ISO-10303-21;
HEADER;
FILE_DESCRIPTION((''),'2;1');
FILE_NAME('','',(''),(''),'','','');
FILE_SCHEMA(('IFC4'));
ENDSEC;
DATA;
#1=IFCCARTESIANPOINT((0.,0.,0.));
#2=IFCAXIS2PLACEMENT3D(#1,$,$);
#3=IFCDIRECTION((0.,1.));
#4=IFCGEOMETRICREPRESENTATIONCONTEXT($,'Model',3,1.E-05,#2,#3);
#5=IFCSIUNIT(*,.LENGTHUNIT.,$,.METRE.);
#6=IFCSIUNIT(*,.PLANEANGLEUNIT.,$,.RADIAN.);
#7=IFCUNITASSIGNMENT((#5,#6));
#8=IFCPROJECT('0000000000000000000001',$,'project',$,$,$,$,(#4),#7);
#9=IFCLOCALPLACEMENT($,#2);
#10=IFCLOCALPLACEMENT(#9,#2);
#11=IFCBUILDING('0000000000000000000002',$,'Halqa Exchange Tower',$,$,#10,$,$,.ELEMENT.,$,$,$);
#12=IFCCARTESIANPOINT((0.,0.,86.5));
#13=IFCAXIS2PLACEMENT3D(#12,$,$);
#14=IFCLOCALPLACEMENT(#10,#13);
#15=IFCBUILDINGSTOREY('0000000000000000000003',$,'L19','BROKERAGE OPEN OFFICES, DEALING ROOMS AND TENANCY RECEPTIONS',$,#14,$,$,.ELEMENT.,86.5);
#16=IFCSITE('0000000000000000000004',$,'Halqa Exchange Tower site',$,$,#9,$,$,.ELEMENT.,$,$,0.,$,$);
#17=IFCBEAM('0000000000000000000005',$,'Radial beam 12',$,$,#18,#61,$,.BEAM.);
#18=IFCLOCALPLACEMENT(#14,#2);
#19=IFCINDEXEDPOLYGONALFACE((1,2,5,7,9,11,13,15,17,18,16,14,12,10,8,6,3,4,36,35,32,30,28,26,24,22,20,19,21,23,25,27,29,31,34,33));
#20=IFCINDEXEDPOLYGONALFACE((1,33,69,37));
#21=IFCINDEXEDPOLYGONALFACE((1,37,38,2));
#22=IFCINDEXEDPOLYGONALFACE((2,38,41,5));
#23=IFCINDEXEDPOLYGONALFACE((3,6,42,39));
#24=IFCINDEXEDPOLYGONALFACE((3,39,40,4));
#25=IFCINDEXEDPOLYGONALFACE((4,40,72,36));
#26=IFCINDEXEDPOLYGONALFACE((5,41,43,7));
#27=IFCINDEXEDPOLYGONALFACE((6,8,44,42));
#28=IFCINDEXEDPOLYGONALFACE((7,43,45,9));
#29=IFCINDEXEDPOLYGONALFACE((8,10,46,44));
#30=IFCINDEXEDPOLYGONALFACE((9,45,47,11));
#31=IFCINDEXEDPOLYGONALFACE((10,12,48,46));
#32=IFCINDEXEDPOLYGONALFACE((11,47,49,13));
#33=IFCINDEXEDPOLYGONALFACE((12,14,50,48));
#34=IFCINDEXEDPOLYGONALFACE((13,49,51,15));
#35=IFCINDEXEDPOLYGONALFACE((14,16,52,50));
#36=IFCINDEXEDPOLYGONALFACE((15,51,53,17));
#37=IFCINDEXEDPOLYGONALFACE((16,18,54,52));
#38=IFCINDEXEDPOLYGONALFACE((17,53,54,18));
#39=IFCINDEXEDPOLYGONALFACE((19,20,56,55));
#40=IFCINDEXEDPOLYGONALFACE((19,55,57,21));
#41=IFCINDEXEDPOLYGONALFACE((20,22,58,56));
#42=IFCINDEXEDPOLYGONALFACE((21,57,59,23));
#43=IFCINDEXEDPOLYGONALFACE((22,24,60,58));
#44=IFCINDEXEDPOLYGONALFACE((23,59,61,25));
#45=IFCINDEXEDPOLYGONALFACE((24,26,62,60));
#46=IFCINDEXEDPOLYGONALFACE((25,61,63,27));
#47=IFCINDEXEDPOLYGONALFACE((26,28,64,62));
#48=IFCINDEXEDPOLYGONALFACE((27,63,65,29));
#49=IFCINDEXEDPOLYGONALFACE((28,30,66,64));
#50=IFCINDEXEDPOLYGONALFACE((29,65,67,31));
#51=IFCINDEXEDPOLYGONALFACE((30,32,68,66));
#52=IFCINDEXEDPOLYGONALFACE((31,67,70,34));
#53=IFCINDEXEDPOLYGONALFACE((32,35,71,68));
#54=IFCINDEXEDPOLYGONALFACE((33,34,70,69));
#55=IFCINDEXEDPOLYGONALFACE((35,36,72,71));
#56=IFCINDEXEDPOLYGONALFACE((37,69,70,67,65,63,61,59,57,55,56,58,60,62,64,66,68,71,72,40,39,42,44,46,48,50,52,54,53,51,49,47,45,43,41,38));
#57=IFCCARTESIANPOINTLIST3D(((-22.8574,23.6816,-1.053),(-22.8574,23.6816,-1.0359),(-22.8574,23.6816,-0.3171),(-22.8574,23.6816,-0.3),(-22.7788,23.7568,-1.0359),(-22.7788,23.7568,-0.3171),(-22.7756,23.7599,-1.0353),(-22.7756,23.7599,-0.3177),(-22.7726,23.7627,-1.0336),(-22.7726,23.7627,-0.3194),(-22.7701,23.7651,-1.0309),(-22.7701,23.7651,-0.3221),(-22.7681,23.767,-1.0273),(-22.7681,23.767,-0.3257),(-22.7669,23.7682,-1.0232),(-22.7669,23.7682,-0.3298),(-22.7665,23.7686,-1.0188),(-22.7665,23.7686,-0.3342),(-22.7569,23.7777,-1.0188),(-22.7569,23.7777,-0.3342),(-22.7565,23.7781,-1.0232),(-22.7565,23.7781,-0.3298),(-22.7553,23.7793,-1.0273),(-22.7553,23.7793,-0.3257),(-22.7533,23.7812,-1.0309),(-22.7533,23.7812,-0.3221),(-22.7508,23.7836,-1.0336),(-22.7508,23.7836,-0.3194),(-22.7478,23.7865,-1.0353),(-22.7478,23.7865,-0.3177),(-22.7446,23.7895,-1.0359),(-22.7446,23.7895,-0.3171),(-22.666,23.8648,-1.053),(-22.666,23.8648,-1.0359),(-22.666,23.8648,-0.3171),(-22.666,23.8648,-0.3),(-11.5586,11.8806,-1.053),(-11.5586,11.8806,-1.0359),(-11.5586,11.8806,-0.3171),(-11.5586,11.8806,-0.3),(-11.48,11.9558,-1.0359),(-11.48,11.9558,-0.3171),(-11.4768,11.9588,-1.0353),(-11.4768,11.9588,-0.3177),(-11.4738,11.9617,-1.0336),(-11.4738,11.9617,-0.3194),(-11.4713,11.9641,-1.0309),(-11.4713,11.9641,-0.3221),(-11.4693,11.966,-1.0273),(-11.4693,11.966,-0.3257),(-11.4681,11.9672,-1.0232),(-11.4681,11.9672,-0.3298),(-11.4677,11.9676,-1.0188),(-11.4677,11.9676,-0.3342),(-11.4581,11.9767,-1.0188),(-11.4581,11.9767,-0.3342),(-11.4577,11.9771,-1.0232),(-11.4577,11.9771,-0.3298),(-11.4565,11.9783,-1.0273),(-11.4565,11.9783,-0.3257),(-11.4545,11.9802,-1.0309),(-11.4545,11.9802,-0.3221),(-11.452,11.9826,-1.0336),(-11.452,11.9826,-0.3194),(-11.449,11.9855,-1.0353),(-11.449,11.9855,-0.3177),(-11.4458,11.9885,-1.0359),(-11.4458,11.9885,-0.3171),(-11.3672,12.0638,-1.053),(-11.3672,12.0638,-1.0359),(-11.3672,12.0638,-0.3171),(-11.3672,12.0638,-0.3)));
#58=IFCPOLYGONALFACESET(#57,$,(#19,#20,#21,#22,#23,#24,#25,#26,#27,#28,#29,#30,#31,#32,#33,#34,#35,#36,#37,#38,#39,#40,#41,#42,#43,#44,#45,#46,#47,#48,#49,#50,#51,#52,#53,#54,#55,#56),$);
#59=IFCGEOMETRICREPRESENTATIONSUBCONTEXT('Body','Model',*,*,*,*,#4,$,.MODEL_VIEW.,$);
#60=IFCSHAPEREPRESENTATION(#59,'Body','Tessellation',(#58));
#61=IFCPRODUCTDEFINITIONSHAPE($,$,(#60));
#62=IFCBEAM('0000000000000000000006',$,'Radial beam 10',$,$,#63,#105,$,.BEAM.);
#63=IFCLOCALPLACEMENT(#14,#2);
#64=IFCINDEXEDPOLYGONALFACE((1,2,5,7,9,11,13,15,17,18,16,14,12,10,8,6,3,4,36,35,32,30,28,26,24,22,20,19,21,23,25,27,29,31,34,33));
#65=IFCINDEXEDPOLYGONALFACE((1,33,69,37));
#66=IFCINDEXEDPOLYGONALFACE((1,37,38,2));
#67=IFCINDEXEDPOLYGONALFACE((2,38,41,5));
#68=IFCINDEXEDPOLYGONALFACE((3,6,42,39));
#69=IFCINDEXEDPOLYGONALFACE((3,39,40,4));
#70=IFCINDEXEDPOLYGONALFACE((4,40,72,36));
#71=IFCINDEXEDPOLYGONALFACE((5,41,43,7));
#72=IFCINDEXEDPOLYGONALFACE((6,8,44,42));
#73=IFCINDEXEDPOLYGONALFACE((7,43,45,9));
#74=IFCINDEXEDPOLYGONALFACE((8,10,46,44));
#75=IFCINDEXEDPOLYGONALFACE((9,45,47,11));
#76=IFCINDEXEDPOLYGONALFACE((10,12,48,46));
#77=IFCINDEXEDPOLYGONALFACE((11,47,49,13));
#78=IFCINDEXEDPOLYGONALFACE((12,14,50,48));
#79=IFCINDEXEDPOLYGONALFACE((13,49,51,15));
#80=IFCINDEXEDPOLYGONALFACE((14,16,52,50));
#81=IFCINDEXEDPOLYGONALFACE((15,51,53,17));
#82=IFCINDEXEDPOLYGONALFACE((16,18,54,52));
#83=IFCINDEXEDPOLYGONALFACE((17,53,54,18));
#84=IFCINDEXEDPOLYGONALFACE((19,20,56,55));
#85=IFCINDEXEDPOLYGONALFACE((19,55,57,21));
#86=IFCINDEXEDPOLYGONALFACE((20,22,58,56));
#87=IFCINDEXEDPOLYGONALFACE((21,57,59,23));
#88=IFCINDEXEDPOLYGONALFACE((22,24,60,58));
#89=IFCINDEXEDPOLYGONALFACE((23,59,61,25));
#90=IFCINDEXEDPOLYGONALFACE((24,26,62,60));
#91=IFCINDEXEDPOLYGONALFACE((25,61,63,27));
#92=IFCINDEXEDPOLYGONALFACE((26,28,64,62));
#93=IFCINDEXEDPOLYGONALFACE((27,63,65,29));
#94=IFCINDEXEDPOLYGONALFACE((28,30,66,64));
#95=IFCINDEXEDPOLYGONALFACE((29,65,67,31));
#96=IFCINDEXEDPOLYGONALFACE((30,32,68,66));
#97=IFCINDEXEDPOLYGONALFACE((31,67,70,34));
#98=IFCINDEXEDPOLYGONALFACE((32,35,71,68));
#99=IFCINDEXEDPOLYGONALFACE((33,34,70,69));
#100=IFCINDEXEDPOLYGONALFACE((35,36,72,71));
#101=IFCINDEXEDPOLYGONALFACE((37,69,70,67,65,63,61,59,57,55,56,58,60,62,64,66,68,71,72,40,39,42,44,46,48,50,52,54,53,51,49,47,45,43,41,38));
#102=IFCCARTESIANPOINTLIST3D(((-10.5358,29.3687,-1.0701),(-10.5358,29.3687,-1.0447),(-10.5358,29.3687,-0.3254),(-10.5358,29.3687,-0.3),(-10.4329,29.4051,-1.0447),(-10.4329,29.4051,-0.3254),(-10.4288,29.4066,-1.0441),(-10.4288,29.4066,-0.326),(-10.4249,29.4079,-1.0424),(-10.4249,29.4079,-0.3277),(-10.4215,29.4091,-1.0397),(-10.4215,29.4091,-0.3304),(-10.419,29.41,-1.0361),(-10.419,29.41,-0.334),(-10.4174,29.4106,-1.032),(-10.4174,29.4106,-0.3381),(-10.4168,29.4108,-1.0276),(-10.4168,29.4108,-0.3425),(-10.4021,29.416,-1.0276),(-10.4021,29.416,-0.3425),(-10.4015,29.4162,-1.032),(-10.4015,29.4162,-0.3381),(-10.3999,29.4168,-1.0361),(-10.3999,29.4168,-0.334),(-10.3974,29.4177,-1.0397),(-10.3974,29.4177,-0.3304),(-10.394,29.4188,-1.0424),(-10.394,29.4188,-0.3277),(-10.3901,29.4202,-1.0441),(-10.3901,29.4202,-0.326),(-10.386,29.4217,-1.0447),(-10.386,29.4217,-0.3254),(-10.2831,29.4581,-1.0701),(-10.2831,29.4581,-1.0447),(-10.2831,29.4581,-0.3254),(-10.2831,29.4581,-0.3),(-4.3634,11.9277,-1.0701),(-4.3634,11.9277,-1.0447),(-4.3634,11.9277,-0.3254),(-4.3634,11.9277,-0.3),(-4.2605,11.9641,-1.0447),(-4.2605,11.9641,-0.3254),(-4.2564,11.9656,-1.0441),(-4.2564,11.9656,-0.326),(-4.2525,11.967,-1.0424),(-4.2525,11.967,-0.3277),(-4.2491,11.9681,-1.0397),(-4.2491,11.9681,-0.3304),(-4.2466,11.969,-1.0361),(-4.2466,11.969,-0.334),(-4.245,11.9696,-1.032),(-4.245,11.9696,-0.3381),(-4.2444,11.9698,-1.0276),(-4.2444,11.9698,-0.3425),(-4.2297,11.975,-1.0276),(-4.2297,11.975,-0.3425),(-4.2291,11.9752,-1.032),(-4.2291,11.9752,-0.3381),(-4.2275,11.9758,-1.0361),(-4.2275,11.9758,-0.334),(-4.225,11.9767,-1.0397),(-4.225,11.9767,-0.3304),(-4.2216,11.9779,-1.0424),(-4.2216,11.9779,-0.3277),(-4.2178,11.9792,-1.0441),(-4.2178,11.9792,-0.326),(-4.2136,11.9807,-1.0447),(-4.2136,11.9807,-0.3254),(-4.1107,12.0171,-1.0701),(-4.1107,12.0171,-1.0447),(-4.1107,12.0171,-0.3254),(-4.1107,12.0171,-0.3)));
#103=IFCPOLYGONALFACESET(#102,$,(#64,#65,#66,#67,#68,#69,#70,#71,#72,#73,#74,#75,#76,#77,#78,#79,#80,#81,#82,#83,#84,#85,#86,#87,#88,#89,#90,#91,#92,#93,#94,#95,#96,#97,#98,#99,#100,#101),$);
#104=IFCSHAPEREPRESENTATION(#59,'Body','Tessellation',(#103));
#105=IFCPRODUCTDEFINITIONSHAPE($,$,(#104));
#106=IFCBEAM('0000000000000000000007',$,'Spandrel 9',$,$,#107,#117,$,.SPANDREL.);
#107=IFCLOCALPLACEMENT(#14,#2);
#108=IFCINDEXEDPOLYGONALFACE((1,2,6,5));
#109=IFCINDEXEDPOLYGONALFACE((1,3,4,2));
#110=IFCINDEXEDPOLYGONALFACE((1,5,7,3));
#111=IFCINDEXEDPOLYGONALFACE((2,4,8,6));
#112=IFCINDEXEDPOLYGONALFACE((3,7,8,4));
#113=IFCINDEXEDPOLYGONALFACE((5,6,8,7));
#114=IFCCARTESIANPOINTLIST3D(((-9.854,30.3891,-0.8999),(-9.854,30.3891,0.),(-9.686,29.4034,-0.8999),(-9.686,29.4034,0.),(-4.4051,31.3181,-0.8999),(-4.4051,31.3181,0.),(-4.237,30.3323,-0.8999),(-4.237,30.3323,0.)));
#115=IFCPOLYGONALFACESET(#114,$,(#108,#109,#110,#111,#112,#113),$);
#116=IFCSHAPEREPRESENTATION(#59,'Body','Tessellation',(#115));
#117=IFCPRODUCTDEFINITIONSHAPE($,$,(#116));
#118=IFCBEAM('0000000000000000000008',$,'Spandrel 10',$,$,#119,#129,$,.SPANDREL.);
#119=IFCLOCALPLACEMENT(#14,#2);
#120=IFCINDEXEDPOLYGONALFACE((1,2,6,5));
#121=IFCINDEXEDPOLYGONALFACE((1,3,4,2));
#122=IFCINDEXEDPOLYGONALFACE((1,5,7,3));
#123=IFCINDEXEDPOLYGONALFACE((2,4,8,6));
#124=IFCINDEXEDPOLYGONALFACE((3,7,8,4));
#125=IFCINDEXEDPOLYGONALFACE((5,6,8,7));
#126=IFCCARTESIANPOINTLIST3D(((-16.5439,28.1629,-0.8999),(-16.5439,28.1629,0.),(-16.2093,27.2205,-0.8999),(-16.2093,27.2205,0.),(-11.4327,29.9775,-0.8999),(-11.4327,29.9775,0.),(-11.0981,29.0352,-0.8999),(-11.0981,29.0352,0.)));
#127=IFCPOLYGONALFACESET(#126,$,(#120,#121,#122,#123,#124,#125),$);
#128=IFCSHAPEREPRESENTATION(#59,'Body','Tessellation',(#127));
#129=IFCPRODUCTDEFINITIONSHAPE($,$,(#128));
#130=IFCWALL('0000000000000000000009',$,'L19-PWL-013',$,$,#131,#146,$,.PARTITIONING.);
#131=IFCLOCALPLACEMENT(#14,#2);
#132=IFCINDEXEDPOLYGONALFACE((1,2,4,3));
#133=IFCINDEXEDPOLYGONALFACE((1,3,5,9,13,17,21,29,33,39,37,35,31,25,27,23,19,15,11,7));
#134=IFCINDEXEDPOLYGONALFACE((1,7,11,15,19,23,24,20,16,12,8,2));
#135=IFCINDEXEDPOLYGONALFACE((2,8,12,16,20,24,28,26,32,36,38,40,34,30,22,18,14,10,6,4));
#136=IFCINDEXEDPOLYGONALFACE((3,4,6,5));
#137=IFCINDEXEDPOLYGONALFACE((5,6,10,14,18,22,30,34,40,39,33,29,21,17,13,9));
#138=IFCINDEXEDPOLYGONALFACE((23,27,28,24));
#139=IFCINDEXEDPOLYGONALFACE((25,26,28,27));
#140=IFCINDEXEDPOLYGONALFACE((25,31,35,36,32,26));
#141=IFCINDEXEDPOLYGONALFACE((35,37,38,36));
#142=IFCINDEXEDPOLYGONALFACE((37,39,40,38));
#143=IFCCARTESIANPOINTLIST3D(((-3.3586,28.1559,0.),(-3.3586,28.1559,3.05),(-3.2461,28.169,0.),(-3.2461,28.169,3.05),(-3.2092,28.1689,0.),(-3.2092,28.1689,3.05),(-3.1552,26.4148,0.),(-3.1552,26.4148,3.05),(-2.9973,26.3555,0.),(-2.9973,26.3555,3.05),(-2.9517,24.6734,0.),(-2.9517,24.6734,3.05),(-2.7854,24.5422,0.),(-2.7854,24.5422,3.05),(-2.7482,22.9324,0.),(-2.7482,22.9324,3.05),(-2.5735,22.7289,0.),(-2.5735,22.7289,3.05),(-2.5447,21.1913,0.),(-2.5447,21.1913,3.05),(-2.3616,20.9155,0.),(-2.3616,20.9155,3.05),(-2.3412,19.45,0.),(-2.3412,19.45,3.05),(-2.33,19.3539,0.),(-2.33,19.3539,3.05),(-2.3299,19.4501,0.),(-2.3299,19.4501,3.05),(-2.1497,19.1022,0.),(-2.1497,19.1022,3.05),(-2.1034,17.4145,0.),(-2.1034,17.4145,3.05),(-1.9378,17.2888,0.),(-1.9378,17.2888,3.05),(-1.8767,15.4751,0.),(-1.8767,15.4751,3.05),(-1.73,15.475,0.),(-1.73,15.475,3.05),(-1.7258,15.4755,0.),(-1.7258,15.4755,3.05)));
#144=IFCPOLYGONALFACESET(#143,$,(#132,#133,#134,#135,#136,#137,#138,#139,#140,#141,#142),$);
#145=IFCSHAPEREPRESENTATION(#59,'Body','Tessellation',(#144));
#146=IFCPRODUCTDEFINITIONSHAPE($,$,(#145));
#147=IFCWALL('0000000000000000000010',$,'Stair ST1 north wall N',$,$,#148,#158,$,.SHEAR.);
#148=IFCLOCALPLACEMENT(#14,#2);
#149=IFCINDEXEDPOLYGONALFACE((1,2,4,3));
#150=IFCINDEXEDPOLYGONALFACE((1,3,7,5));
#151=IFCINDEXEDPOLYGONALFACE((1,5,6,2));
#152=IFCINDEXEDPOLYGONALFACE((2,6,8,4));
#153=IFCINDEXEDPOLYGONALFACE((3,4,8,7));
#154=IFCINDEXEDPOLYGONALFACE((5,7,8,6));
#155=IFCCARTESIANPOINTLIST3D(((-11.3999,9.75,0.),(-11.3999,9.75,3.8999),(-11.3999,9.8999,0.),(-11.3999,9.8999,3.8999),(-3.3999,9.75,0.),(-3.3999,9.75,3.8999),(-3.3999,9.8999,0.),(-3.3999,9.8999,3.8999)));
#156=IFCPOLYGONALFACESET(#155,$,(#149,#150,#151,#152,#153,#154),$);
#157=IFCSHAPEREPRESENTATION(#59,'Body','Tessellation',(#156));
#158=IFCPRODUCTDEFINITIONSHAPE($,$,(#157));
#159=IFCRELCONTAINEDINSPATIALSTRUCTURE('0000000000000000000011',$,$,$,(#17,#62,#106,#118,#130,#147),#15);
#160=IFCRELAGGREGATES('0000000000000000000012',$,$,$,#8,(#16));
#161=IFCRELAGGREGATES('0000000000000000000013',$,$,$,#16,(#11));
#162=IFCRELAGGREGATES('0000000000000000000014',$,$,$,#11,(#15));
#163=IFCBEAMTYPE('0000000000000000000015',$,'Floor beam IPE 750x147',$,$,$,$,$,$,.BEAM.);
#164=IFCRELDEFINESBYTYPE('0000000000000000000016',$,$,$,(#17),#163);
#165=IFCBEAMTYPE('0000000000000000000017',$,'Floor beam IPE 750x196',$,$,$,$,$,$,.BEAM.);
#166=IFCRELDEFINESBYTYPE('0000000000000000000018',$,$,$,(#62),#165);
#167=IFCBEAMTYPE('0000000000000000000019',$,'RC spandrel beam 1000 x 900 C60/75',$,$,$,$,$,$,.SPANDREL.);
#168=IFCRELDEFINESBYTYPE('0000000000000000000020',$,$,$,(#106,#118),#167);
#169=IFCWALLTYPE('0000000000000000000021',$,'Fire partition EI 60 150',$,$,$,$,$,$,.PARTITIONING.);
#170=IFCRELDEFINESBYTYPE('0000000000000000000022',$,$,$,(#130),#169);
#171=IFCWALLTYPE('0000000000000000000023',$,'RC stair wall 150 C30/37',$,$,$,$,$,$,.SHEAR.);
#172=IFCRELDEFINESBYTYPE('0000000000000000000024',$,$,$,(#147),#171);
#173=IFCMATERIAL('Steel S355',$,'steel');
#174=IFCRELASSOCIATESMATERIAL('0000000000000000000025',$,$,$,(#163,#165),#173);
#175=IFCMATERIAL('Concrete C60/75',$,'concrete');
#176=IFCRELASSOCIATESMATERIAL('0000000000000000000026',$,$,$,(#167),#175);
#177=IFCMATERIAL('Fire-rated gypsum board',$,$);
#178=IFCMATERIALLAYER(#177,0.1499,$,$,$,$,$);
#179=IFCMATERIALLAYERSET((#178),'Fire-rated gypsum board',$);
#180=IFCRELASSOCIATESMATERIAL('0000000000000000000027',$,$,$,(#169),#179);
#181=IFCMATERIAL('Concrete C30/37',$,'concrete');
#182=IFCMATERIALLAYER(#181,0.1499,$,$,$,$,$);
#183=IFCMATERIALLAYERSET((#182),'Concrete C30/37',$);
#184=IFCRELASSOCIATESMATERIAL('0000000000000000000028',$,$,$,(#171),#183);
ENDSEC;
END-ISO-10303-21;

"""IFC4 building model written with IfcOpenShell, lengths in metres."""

from ifc_helpers import new_model, si_unit, direction, frame, frame_2d, origin, origin_2d, place, context, subcontext, project, spatial, polyline, rectangle, i_section, outline, extrude, material, layer, layer_set, material_profile, profile_set, type_object, element, save


model = new_model("IFC4")

# Units and contexts
model_context = context("Model", 3, precision=1e-05, world=origin(), true_north=direction((0.0, 1.0)))
body_context = subcontext(model_context, "Body", "Model", "MODEL_VIEW")
ifc_project = project(units=[si_unit("LENGTHUNIT", "METRE"), si_unit("PLANEANGLEUNIT", "RADIAN")], contexts=[model_context])

# Site, building, storey
site_placement = place(None, origin())
site = spatial("IfcSite", under=ifc_project, at=site_placement, Name="Halqa Exchange Tower site", CompositionType="ELEMENT", RefElevation=0.0)
building_placement = place(site_placement, origin())
building = spatial("IfcBuilding", under=site, at=building_placement, Name="Halqa Exchange Tower", CompositionType="ELEMENT")
storey_placement = place(building_placement, frame((0.0, 0.0, 86.5)))
storey = spatial("IfcBuildingStorey", under=building, at=storey_placement, Name="L19", Description="BROKERAGE OPEN OFFICES, DEALING ROOMS AND TENANCY RECEPTIONS", CompositionType="ELEMENT", Elevation=86.5)

# Beams
ifc_material_1 = material(Name="Steel S355", Category="steel")
ifc_material_profile_1 = material_profile(ifc_material_1, i_section(OverallWidth=0.2649, OverallDepth=0.7529, WebThickness=0.0132, FlangeThickness=0.0171, FilletRadius=0.0171, at=origin_2d()), Name="IPE 750x147")
ifc_profile_set_1 = profile_set([ifc_material_profile_1], Name="Steel S355")
beam_type_1 = type_object("IfcBeamType", Name="Floor beam IPE 750x147", PredefinedType="BEAM", material=ifc_profile_set_1)
beam_1_placement = place(storey_placement, frame((-11.4629, 11.9722, -0.6765), z_axis=(-0.691571, 0.722309, 0.0), x_axis=(-0.722309, -0.691571, 0.0)))
element("IfcBeam", 1, at=beam_1_placement, inside=storey, type_object=beam_type_1, Name="Radial beam 12", PredefinedType="BEAM", context=body_context, shape_type="SweptSolid", body=[
    extrude(i_section(OverallWidth=0.2649, OverallDepth=0.7529, WebThickness=0.0132, FlangeThickness=0.0171, FilletRadius=0.0171, at=origin_2d()), origin(), (0.0, 0.0, 1.0), 16.3379),
])
ifc_material_profile_2 = material_profile(ifc_material_1, i_section(OverallWidth=0.2681, OverallDepth=0.77, WebThickness=0.0156, FlangeThickness=0.0254, FilletRadius=0.0171, at=origin_2d()), Name="IPE 750x196")
ifc_profile_set_2 = profile_set([ifc_material_profile_2], Name="Steel S355")
beam_type_2 = type_object("IfcBeamType", Name="Floor beam IPE 750x196", PredefinedType="BEAM", material=ifc_profile_set_2)
beam_2_placement = place(storey_placement, frame((-4.2371, 11.9724, -0.6851), z_axis=(-0.333625, 0.942706, 0.0), x_axis=(-0.942706, -0.333625, 0.0)))
element("IfcBeam", 2, at=beam_2_placement, inside=storey, type_object=beam_type_2, Name="Radial beam 10", PredefinedType="BEAM", context=body_context, shape_type="SweptSolid", body=[
    extrude(i_section(OverallWidth=0.2681, OverallDepth=0.77, WebThickness=0.0156, FlangeThickness=0.0254, FilletRadius=0.0171, at=origin_2d()), origin(), (0.0, 0.0, 1.0), 18.501),
])
ifc_material_2 = material(Name="Concrete C60/75", Category="concrete")
ifc_material_profile_3 = material_profile(ifc_material_2, rectangle(XDim=1.0, YDim=0.8999, at=origin_2d()), Name="1000 x 900")
ifc_profile_set_3 = profile_set([ifc_material_profile_3], Name="Concrete C60/75")
beam_type_3 = type_object("IfcBeamType", Name="RC spandrel beam 1000 x 900 C60/75", PredefinedType="SPANDREL", material=ifc_profile_set_3)
beam_3_placement = place(storey_placement, frame((-4.321, 30.8252, -0.45), z_axis=(-0.985777, -0.168058, 0.0), x_axis=(0.168058, -0.985777, 0.0)))
element("IfcBeam", 3, at=beam_3_placement, inside=storey, type_object=beam_type_3, Name="Spandrel 9", PredefinedType="SPANDREL", context=body_context, shape_type="SweptSolid", body=[
    extrude(rectangle(XDim=1.0, YDim=0.8999, at=origin_2d()), origin(), (0.0, 0.0, 1.0), 5.5276),
])
beam_4_placement = place(storey_placement, frame((-11.2654, 29.5063, -0.45), z_axis=(-0.94237, -0.334574, 0.0), x_axis=(0.334574, -0.94237, 0.0)))
element("IfcBeam", 4, at=beam_4_placement, inside=storey, type_object=beam_type_3, Name="Spandrel 10", PredefinedType="SPANDREL", context=body_context, shape_type="SweptSolid", body=[
    extrude(rectangle(XDim=1.0, YDim=0.8999, at=origin_2d()), origin(), (0.0, 0.0, 1.0), 5.4238),
])

# Walls
ifc_material_3 = material(Name="Fire-rated gypsum board")
ifc_layer_1 = layer(ifc_material_3, 0.1499)
ifc_layer_set_1 = layer_set([ifc_layer_1], Name="Fire-rated gypsum board")
wall_type_1 = type_object("IfcWallType", Name="Fire partition EI 60 150", PredefinedType="PARTITIONING", material=ifc_layer_set_1)
wall_1_placement = place(storey_placement, frame((-3.2842, 28.1646, 0.0), z_axis=(0.0, 0.0, 1.0), x_axis=(0.116072, -0.993241, 0.0)))
element("IfcWall", 5, at=wall_1_placement, inside=storey, type_object=wall_type_1, Name="L19-PWL-013", PredefinedType="PARTITIONING", context=body_context, shape_type="SweptSolid", body=[
    extrude(outline(polyline([(0.0, -0.075), (1.7529, -0.075), (3.5061, -0.075), (5.259, -0.075), (7.012, -0.075), (8.7651, -0.075), (8.7664, -0.0637), (8.8618, -0.075), (10.8145, -0.075), (12.7671, -0.075), (12.7842, 0.0708), (12.7842, 0.075), (10.9585, 0.075), (9.1328, 0.075), (7.3071, 0.075), (5.4814, 0.075), (3.6558, 0.075), (1.8301, 0.075), (0.0044, 0.075), (0.0, 0.0383), (0.0, -0.075)])), origin(), (0.0, 0.0, 1.0), 3.05),
])
ifc_material_4 = material(Name="Concrete C30/37", Category="concrete")
ifc_layer_2 = layer(ifc_material_4, 0.1499)
ifc_layer_set_2 = layer_set([ifc_layer_2], Name="Concrete C30/37")
wall_type_2 = type_object("IfcWallType", Name="RC stair wall 150 C30/37", PredefinedType="SHEAR", material=ifc_layer_set_2)
wall_2_placement = place(storey_placement, frame((-11.3999, 9.825, 0.0), z_axis=(0.0, 0.0, 1.0), x_axis=(1.0, 0.0, 0.0)))
element("IfcWall", 6, at=wall_2_placement, inside=storey, type_object=wall_type_2, Name="Stair ST1 north wall N", PredefinedType="SHEAR", context=body_context, shape_type="SweptSolid", body=[
    extrude(rectangle(XDim=8.0, YDim=0.1499, at=frame_2d((4.0, 0.0))), origin(), (0.0, 0.0, 1.0), 3.8999),
])

save(model, "model.ifc")
